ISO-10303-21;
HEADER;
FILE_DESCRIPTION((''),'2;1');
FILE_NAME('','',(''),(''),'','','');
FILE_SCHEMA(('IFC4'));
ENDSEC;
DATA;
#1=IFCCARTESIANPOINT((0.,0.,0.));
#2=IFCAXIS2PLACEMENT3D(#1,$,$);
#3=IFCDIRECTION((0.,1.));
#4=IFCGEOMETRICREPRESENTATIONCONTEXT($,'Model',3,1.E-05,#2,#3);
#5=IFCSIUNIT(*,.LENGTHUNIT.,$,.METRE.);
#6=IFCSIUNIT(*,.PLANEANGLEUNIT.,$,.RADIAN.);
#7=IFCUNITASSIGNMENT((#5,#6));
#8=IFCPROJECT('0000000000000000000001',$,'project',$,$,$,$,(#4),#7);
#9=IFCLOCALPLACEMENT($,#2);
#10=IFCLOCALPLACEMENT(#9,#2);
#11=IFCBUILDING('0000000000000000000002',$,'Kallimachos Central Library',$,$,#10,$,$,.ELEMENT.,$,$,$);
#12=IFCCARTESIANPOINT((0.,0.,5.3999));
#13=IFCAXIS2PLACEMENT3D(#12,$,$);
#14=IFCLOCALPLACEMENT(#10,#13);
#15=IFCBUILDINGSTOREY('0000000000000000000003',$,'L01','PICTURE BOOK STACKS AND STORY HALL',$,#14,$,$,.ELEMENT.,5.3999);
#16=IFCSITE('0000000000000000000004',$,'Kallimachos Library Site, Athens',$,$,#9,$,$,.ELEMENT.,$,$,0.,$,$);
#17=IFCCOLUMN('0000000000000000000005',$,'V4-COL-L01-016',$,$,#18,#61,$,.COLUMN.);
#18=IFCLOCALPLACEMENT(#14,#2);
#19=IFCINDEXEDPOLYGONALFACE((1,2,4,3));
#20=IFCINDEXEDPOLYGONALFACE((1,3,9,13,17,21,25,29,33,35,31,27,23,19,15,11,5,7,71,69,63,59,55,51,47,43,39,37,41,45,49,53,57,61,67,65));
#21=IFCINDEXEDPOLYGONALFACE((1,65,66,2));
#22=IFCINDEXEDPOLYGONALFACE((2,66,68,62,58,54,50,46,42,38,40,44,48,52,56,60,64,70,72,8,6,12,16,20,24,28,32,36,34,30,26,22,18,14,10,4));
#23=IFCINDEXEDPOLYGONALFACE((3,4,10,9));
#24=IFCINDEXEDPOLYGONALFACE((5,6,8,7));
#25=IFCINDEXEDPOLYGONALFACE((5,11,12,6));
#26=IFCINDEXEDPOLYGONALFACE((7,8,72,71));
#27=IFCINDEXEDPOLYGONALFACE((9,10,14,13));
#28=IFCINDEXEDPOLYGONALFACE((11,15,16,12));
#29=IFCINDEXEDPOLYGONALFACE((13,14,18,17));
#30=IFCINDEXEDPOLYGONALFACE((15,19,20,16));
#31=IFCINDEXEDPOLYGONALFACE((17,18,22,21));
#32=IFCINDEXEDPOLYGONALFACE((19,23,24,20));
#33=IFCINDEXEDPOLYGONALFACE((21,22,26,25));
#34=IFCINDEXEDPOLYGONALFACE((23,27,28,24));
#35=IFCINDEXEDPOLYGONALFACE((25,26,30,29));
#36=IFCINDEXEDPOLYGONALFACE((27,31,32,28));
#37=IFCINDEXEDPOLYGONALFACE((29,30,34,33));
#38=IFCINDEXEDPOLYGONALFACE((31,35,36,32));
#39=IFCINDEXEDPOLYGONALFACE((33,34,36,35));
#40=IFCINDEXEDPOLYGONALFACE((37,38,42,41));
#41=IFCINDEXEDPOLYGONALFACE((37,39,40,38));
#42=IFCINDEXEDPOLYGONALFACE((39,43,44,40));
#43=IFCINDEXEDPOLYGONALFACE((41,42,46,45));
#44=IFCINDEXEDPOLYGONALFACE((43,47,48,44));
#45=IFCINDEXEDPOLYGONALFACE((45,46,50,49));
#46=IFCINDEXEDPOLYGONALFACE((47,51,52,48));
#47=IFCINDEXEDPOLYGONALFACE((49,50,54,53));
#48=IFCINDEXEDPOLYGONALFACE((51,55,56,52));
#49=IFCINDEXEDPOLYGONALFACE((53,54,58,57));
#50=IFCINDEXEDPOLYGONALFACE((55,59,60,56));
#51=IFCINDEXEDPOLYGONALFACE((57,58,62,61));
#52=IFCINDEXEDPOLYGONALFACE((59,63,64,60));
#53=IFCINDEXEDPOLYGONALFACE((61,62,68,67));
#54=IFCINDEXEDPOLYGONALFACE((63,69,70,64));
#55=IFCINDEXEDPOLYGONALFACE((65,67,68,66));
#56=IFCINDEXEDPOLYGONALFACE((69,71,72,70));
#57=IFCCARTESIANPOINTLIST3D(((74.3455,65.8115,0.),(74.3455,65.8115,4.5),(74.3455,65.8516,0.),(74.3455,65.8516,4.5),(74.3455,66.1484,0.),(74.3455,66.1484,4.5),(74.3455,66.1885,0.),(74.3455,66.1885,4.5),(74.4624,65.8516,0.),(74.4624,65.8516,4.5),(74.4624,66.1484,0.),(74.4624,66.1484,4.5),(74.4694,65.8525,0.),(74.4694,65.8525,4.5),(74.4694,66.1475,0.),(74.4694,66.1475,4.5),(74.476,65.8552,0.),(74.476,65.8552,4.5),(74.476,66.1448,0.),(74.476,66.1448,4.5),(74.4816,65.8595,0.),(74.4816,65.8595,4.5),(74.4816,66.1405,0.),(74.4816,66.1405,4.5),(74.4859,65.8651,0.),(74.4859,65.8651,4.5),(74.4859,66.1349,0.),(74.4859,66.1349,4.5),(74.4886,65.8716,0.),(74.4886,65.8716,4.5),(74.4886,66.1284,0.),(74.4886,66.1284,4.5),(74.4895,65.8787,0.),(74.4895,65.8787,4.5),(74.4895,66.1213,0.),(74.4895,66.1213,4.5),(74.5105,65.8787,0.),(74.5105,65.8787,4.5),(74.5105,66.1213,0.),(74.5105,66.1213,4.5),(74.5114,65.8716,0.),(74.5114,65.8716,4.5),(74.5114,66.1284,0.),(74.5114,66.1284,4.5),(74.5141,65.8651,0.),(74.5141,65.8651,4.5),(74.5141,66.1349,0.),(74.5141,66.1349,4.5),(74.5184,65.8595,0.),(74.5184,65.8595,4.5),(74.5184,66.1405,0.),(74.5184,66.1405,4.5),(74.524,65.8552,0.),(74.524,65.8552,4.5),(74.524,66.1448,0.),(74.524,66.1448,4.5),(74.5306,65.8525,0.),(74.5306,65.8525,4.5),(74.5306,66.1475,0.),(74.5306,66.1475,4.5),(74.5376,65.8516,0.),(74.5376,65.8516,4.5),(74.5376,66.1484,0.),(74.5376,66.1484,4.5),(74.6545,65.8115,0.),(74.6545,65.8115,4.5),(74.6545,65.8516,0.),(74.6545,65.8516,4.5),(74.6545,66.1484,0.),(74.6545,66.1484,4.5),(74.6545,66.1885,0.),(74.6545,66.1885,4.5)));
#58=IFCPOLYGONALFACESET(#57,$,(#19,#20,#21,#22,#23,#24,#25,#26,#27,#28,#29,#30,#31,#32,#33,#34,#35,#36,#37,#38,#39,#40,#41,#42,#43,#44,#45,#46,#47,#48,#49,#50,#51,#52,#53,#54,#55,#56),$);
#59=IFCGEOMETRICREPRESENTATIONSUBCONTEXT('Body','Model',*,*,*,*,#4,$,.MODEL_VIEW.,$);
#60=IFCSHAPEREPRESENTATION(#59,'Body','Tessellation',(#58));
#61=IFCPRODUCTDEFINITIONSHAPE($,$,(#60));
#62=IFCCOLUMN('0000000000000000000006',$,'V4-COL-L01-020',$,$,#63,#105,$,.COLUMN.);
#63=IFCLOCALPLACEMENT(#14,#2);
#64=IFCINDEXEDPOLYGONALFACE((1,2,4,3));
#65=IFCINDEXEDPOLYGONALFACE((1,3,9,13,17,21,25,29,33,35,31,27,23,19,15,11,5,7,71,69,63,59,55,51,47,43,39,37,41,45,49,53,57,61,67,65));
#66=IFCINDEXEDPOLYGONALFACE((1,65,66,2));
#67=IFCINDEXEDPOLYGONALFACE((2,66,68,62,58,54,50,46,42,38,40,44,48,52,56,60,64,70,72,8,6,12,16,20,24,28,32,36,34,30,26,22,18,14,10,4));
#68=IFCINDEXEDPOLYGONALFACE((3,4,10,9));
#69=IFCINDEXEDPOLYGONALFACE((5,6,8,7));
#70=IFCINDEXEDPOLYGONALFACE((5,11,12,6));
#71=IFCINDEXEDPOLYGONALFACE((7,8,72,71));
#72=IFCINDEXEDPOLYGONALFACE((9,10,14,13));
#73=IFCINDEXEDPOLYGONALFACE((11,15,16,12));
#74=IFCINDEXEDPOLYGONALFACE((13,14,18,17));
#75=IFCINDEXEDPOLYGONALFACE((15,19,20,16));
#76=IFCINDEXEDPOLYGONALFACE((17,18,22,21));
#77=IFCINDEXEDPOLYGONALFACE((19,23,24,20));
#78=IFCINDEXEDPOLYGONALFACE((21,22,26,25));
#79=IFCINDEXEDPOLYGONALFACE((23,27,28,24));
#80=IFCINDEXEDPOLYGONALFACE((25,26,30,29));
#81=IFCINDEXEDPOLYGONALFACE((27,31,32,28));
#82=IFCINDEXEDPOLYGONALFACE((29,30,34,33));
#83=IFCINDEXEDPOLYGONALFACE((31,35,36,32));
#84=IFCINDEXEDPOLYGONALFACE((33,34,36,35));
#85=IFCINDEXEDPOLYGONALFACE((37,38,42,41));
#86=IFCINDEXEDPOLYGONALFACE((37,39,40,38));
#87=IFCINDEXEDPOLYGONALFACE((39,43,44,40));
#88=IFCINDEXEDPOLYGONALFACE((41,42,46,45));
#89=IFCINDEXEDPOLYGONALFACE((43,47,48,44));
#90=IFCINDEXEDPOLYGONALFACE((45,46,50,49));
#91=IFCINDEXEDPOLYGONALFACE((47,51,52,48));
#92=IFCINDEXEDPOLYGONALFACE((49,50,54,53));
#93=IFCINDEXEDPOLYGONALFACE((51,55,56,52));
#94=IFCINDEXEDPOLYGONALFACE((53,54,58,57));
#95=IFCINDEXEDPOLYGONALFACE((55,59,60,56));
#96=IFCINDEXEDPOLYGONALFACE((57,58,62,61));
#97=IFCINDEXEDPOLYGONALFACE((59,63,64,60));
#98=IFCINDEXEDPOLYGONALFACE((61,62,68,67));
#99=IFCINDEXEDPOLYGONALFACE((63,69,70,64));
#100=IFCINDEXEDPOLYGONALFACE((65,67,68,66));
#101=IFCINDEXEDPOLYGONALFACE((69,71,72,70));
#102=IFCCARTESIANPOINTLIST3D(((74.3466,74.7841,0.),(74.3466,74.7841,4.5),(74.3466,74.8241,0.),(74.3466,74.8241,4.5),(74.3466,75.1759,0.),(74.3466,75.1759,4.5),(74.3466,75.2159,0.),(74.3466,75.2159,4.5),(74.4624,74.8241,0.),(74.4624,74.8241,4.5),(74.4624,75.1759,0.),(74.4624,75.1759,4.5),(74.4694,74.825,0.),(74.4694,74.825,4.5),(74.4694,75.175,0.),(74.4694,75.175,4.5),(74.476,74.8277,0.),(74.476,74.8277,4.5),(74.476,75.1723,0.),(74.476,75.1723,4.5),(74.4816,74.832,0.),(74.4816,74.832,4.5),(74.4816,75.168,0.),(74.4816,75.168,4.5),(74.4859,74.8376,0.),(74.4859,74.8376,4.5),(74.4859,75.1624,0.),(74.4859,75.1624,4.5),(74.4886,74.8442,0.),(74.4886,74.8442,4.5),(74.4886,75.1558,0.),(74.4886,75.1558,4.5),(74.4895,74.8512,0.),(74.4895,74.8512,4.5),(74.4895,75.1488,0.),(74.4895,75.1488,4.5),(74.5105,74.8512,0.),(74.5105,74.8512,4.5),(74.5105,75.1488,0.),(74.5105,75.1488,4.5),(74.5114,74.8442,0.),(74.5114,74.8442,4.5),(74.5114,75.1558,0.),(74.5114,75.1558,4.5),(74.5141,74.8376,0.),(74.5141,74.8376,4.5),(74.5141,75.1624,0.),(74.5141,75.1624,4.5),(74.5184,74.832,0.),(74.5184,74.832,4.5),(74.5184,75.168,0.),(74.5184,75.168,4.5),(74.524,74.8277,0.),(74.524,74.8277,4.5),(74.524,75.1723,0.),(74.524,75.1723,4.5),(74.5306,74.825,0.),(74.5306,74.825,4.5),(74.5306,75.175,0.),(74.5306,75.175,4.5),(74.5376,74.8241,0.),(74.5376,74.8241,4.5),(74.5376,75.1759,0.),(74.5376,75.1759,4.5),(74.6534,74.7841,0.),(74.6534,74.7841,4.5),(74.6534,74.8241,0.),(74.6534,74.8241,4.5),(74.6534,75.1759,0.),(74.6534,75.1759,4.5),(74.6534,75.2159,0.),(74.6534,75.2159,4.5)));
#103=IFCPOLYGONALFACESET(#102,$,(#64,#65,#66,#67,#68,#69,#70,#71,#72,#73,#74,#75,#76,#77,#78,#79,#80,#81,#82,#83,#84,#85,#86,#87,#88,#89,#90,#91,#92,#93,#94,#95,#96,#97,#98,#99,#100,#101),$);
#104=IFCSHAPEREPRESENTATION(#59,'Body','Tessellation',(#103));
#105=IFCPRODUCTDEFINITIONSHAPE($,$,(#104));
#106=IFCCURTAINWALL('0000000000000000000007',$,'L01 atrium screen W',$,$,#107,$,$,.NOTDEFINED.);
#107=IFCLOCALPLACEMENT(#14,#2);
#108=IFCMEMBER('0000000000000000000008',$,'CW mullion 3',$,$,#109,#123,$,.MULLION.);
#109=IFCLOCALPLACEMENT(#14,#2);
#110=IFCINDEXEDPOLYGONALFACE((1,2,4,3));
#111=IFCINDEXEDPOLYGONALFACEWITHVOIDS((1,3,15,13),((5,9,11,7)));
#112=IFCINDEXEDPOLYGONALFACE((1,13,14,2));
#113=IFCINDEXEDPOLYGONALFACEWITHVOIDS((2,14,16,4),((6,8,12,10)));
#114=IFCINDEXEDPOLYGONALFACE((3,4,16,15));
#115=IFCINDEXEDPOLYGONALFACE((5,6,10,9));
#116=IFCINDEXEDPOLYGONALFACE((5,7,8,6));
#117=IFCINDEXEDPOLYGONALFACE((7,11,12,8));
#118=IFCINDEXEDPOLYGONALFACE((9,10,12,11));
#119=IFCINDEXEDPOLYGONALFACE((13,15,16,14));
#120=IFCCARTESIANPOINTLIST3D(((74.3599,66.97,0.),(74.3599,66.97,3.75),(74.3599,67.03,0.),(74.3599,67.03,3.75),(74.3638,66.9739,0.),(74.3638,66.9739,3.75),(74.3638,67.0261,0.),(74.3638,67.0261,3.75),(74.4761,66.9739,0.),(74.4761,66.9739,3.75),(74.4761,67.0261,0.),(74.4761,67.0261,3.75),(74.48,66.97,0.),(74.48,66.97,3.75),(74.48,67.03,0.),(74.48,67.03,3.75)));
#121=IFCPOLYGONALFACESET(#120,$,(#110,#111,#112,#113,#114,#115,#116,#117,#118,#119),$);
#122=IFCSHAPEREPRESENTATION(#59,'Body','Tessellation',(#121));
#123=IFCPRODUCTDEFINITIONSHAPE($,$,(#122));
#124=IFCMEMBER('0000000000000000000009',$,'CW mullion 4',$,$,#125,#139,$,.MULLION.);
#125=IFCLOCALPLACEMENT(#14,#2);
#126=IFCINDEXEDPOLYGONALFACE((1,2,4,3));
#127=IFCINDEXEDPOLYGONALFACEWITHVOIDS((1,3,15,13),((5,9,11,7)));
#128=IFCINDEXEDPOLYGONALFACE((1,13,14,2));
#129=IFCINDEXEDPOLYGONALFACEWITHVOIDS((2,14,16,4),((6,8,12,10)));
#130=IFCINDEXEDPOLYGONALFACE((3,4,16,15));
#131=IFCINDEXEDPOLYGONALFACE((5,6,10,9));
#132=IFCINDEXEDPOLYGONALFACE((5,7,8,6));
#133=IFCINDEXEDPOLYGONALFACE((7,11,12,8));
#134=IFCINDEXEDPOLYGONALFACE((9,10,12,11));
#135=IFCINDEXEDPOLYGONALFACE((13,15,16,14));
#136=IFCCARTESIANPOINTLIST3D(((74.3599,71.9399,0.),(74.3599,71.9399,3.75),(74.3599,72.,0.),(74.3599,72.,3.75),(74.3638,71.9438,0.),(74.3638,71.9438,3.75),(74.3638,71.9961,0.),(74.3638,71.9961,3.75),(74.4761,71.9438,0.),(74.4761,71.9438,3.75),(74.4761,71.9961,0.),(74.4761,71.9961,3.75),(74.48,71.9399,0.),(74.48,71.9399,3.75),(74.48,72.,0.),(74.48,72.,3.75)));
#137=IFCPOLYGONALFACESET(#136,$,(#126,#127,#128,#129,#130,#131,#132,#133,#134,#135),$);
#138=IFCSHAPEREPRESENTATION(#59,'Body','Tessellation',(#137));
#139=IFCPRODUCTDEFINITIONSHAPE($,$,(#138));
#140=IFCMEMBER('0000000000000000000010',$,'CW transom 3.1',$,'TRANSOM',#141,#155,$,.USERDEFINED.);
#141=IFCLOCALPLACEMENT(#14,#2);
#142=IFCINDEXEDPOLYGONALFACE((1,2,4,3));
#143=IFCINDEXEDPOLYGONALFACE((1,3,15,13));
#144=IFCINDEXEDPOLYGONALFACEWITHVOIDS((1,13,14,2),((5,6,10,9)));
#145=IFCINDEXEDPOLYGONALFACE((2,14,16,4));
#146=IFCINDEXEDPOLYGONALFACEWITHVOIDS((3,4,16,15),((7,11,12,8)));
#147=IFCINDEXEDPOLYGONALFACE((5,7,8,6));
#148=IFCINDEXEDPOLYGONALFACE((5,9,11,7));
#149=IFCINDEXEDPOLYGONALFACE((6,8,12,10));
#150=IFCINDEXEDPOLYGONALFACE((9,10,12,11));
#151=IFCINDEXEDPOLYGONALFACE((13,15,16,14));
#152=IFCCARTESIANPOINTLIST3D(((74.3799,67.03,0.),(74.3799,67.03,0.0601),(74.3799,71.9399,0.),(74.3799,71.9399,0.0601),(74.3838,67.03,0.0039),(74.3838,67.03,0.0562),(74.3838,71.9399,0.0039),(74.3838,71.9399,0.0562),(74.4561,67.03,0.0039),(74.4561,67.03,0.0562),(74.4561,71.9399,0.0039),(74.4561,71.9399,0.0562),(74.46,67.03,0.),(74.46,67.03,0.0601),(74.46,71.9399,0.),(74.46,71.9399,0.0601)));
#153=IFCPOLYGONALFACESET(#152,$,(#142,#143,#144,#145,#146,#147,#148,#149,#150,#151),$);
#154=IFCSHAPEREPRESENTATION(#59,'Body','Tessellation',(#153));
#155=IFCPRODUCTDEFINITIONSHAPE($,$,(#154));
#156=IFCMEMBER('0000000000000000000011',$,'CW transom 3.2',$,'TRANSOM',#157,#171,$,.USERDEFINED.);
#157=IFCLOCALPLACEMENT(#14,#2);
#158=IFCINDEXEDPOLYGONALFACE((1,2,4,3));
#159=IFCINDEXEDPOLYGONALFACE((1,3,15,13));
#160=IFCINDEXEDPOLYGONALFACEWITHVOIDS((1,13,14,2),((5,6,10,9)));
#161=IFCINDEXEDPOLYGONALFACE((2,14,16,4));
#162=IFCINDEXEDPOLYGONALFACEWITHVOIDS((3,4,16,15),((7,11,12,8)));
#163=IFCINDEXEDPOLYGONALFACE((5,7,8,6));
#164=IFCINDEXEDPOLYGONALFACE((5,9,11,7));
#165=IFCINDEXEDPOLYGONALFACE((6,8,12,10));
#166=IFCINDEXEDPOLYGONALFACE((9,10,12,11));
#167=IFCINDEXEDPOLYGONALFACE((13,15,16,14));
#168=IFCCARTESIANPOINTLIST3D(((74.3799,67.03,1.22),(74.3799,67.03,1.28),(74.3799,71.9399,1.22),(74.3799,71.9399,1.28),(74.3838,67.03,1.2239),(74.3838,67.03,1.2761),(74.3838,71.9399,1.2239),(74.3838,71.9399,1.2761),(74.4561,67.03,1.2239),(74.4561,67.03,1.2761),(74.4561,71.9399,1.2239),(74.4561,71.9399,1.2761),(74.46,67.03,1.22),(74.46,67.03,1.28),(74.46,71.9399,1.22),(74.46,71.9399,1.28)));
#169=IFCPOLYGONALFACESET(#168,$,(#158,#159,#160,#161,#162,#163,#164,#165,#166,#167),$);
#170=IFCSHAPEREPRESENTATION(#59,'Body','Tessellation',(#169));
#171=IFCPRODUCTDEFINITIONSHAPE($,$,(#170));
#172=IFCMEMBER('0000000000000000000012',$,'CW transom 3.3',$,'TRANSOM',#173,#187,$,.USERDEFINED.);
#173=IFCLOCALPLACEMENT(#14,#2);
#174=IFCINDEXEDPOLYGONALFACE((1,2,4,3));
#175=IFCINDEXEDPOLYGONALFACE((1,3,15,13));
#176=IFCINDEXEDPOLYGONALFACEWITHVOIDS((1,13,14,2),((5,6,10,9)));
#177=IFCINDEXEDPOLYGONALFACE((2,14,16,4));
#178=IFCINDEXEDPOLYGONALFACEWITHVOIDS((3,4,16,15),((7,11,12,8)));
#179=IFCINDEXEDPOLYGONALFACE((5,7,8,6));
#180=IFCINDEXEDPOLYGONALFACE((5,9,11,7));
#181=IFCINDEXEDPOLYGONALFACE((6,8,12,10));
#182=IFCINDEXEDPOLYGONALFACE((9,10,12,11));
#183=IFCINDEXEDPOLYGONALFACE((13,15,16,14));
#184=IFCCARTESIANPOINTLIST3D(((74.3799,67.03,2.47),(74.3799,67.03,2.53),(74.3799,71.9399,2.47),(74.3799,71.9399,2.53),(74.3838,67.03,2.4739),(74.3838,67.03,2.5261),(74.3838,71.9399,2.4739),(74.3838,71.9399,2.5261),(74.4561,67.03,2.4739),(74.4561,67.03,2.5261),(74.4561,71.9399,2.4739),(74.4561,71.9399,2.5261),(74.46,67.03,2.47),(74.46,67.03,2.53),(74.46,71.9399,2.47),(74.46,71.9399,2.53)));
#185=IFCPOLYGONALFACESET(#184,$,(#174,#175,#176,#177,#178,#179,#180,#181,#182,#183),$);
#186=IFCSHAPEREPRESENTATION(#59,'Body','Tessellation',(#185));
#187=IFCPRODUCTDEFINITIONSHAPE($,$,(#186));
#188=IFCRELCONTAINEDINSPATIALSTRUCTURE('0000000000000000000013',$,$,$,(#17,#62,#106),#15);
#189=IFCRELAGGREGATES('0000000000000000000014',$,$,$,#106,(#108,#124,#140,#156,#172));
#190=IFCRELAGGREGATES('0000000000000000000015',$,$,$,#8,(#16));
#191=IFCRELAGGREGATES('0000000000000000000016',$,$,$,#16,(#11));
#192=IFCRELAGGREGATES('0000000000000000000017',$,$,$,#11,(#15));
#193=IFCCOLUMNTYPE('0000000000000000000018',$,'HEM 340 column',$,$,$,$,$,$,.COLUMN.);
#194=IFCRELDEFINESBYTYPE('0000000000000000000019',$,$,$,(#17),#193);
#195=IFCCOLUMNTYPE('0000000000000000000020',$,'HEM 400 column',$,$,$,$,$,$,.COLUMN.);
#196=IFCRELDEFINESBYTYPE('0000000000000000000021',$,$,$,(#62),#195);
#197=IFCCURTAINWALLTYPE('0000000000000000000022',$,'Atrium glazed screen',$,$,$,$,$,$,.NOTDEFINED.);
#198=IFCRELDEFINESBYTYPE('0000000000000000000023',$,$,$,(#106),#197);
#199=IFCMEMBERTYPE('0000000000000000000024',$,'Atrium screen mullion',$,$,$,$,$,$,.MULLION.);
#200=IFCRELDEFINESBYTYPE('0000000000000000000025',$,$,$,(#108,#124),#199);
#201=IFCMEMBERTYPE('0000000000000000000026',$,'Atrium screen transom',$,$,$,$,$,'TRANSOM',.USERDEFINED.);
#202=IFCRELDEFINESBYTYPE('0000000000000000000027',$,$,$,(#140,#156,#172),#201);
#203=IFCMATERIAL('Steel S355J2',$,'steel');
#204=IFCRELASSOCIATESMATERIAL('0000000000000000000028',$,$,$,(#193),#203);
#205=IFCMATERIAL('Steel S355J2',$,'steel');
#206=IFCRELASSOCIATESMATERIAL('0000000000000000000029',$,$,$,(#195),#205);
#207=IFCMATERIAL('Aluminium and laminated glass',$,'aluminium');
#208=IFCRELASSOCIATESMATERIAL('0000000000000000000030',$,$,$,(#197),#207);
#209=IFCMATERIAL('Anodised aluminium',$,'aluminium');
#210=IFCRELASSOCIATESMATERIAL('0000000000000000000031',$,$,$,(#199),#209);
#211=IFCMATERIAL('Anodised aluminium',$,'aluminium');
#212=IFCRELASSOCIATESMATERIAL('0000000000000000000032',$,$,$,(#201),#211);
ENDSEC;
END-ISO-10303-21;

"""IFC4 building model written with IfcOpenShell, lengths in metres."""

from ifc_helpers import new_model, si_unit, direction, frame, origin, origin_2d, place, context, subcontext, project, spatial, hollow_rectangle, i_section, extrude, material, material_profile, profile_set, type_object, element, aggregate, save


model = new_model("IFC4")

# Units and contexts
model_context = context("Model", 3, precision=1e-05, world=origin(), true_north=direction((0.0, 1.0)))
body_context = subcontext(model_context, "Body", "Model", "MODEL_VIEW")
ifc_project = project(units=[si_unit("LENGTHUNIT", "METRE"), si_unit("PLANEANGLEUNIT", "RADIAN")], contexts=[model_context])

# Site, building, storey
site_placement = place(None, origin())
site = spatial("IfcSite", under=ifc_project, at=site_placement, Name="Kallimachos Library Site, Athens", CompositionType="ELEMENT", RefElevation=0.0)
building_placement = place(site_placement, origin())
building = spatial("IfcBuilding", under=site, at=building_placement, Name="Kallimachos Central Library", CompositionType="ELEMENT")
storey_placement = place(building_placement, frame((0.0, 0.0, 5.3999)))
storey = spatial("IfcBuildingStorey", under=building, at=storey_placement, Name="L01", Description="PICTURE BOOK STACKS AND STORY HALL", CompositionType="ELEMENT", Elevation=5.3999)

# Columns
ifc_material_1 = material(Name="Steel S355J2", Category="steel")
ifc_material_profile_1 = material_profile(ifc_material_1, i_section(OverallWidth=0.3091, OverallDepth=0.377, WebThickness=0.021, FlangeThickness=0.04, FilletRadius=0.0271, at=origin_2d()), Name="HEM 340")
ifc_profile_set_1 = profile_set([ifc_material_profile_1], Name="Steel S355J2")
column_type_1 = type_object("IfcColumnType", Name="HEM 340 column", PredefinedType="COLUMN", material=ifc_profile_set_1)
column_1_placement = place(storey_placement, frame((74.5, 66.0, 0.0), z_axis=(0.0, 0.0, 1.0), x_axis=(1.0, 0.0, 0.0)))
element("IfcColumn", 1, at=column_1_placement, inside=storey, type_object=column_type_1, Name="V4-COL-L01-016", PredefinedType="COLUMN", context=body_context, shape_type="SweptSolid", body=[
    extrude(i_section(OverallWidth=0.3091, OverallDepth=0.377, WebThickness=0.021, FlangeThickness=0.04, FilletRadius=0.0271, at=origin_2d()), origin(), (0.0, 0.0, 1.0), 4.5),
])
ifc_material_2 = material(Name="Steel S355J2", Category="steel")
ifc_material_profile_2 = material_profile(ifc_material_2, i_section(OverallWidth=0.3069, OverallDepth=0.4319, WebThickness=0.021, FlangeThickness=0.04, FilletRadius=0.0271, at=origin_2d()), Name="HEM 400")
ifc_profile_set_2 = profile_set([ifc_material_profile_2], Name="Steel S355J2")
column_type_2 = type_object("IfcColumnType", Name="HEM 400 column", PredefinedType="COLUMN", material=ifc_profile_set_2)
column_2_placement = place(storey_placement, frame((74.5, 75.0, 0.0), z_axis=(0.0, 0.0, 1.0), x_axis=(1.0, 0.0, 0.0)))
element("IfcColumn", 2, at=column_2_placement, inside=storey, type_object=column_type_2, Name="V4-COL-L01-020", PredefinedType="COLUMN", context=body_context, shape_type="SweptSolid", body=[
    extrude(i_section(OverallWidth=0.3069, OverallDepth=0.4319, WebThickness=0.021, FlangeThickness=0.04, FilletRadius=0.0271, at=origin_2d()), origin(), (0.0, 0.0, 1.0), 4.5),
])

# Curtain wall, members
ifc_material_3 = material(Name="Aluminium and laminated glass", Category="aluminium")
curtain_wall_type = type_object("IfcCurtainWallType", Name="Atrium glazed screen", PredefinedType="NOTDEFINED", material=ifc_material_3)
curtain_wall_placement = place(storey_placement, origin())
curtain_wall = element("IfcCurtainWall", 3, at=curtain_wall_placement, inside=storey, type_object=curtain_wall_type, Name="L01 atrium screen W", PredefinedType="NOTDEFINED")
ifc_material_4 = material(Name="Anodised aluminium", Category="aluminium")
ifc_material_profile_3 = material_profile(ifc_material_4, hollow_rectangle(XDim=0.0601, YDim=0.1201, WallThickness=0.0039, at=origin_2d()), Name="ALU MULLION 60x120")
ifc_profile_set_3 = profile_set([ifc_material_profile_3], Name="Anodised aluminium")
member_type_1 = type_object("IfcMemberType", Name="Atrium screen mullion", PredefinedType="MULLION", material=ifc_profile_set_3)
member_1_placement = place(storey_placement, frame((74.4199, 67.0, 0.0), z_axis=(0.0, 0.0, 1.0), x_axis=(0.0, 1.0, 0.0)))
member_1 = element("IfcMember", 4, at=member_1_placement, type_object=member_type_1, Name="CW mullion 3", PredefinedType="MULLION", context=body_context, shape_type="SweptSolid", body=[
    extrude(hollow_rectangle(XDim=0.0601, YDim=0.1201, WallThickness=0.0039, at=origin_2d()), origin(), (0.0, 0.0, 1.0), 3.75),
])
member_2_placement = place(storey_placement, frame((74.4199, 71.97, 0.0), z_axis=(0.0, 0.0, 1.0), x_axis=(0.0, 1.0, 0.0)))
member_2 = element("IfcMember", 5, at=member_2_placement, type_object=member_type_1, Name="CW mullion 4", PredefinedType="MULLION", context=body_context, shape_type="SweptSolid", body=[
    extrude(hollow_rectangle(XDim=0.0601, YDim=0.1201, WallThickness=0.0039, at=origin_2d()), origin(), (0.0, 0.0, 1.0), 3.75),
])
ifc_material_5 = material(Name="Anodised aluminium", Category="aluminium")
ifc_material_profile_4 = material_profile(ifc_material_5, hollow_rectangle(XDim=0.0601, YDim=0.0801, WallThickness=0.0039, at=origin_2d()), Name="ALU TRANSOM 60x80")
ifc_profile_set_4 = profile_set([ifc_material_profile_4], Name="Anodised aluminium")
member_type_2 = type_object("IfcMemberType", Name="Atrium screen transom", ElementType="TRANSOM", PredefinedType="USERDEFINED", material=ifc_profile_set_4)
member_3_placement = place(storey_placement, frame((74.4199, 67.03, 0.03), z_axis=(0.0, 1.0, 0.0), x_axis=(0.0, 0.0, 1.0)))
member_3 = element("IfcMember", 6, at=member_3_placement, type_object=member_type_2, Name="CW transom 3.1", ObjectType="TRANSOM", PredefinedType="USERDEFINED", context=body_context, shape_type="SweptSolid", body=[
    extrude(hollow_rectangle(XDim=0.0601, YDim=0.0801, WallThickness=0.0039, at=origin_2d()), origin(), (0.0, 0.0, 1.0), 4.9099),
])
member_4_placement = place(storey_placement, frame((74.4199, 67.03, 1.25), z_axis=(0.0, 1.0, 0.0), x_axis=(0.0, 0.0, 1.0)))
member_4 = element("IfcMember", 7, at=member_4_placement, type_object=member_type_2, Name="CW transom 3.2", ObjectType="TRANSOM", PredefinedType="USERDEFINED", context=body_context, shape_type="SweptSolid", body=[
    extrude(hollow_rectangle(XDim=0.0601, YDim=0.0801, WallThickness=0.0039, at=origin_2d()), origin(), (0.0, 0.0, 1.0), 4.9099),
])
member_5_placement = place(storey_placement, frame((74.4199, 67.03, 2.5), z_axis=(0.0, 1.0, 0.0), x_axis=(0.0, 0.0, 1.0)))
member_5 = element("IfcMember", 8, at=member_5_placement, type_object=member_type_2, Name="CW transom 3.3", ObjectType="TRANSOM", PredefinedType="USERDEFINED", context=body_context, shape_type="SweptSolid", body=[
    extrude(hollow_rectangle(XDim=0.0601, YDim=0.0801, WallThickness=0.0039, at=origin_2d()), origin(), (0.0, 0.0, 1.0), 4.9099),
])

aggregate(curtain_wall, [member_1, member_2, member_3, member_4, member_5])

save(model, "model.ifc")
